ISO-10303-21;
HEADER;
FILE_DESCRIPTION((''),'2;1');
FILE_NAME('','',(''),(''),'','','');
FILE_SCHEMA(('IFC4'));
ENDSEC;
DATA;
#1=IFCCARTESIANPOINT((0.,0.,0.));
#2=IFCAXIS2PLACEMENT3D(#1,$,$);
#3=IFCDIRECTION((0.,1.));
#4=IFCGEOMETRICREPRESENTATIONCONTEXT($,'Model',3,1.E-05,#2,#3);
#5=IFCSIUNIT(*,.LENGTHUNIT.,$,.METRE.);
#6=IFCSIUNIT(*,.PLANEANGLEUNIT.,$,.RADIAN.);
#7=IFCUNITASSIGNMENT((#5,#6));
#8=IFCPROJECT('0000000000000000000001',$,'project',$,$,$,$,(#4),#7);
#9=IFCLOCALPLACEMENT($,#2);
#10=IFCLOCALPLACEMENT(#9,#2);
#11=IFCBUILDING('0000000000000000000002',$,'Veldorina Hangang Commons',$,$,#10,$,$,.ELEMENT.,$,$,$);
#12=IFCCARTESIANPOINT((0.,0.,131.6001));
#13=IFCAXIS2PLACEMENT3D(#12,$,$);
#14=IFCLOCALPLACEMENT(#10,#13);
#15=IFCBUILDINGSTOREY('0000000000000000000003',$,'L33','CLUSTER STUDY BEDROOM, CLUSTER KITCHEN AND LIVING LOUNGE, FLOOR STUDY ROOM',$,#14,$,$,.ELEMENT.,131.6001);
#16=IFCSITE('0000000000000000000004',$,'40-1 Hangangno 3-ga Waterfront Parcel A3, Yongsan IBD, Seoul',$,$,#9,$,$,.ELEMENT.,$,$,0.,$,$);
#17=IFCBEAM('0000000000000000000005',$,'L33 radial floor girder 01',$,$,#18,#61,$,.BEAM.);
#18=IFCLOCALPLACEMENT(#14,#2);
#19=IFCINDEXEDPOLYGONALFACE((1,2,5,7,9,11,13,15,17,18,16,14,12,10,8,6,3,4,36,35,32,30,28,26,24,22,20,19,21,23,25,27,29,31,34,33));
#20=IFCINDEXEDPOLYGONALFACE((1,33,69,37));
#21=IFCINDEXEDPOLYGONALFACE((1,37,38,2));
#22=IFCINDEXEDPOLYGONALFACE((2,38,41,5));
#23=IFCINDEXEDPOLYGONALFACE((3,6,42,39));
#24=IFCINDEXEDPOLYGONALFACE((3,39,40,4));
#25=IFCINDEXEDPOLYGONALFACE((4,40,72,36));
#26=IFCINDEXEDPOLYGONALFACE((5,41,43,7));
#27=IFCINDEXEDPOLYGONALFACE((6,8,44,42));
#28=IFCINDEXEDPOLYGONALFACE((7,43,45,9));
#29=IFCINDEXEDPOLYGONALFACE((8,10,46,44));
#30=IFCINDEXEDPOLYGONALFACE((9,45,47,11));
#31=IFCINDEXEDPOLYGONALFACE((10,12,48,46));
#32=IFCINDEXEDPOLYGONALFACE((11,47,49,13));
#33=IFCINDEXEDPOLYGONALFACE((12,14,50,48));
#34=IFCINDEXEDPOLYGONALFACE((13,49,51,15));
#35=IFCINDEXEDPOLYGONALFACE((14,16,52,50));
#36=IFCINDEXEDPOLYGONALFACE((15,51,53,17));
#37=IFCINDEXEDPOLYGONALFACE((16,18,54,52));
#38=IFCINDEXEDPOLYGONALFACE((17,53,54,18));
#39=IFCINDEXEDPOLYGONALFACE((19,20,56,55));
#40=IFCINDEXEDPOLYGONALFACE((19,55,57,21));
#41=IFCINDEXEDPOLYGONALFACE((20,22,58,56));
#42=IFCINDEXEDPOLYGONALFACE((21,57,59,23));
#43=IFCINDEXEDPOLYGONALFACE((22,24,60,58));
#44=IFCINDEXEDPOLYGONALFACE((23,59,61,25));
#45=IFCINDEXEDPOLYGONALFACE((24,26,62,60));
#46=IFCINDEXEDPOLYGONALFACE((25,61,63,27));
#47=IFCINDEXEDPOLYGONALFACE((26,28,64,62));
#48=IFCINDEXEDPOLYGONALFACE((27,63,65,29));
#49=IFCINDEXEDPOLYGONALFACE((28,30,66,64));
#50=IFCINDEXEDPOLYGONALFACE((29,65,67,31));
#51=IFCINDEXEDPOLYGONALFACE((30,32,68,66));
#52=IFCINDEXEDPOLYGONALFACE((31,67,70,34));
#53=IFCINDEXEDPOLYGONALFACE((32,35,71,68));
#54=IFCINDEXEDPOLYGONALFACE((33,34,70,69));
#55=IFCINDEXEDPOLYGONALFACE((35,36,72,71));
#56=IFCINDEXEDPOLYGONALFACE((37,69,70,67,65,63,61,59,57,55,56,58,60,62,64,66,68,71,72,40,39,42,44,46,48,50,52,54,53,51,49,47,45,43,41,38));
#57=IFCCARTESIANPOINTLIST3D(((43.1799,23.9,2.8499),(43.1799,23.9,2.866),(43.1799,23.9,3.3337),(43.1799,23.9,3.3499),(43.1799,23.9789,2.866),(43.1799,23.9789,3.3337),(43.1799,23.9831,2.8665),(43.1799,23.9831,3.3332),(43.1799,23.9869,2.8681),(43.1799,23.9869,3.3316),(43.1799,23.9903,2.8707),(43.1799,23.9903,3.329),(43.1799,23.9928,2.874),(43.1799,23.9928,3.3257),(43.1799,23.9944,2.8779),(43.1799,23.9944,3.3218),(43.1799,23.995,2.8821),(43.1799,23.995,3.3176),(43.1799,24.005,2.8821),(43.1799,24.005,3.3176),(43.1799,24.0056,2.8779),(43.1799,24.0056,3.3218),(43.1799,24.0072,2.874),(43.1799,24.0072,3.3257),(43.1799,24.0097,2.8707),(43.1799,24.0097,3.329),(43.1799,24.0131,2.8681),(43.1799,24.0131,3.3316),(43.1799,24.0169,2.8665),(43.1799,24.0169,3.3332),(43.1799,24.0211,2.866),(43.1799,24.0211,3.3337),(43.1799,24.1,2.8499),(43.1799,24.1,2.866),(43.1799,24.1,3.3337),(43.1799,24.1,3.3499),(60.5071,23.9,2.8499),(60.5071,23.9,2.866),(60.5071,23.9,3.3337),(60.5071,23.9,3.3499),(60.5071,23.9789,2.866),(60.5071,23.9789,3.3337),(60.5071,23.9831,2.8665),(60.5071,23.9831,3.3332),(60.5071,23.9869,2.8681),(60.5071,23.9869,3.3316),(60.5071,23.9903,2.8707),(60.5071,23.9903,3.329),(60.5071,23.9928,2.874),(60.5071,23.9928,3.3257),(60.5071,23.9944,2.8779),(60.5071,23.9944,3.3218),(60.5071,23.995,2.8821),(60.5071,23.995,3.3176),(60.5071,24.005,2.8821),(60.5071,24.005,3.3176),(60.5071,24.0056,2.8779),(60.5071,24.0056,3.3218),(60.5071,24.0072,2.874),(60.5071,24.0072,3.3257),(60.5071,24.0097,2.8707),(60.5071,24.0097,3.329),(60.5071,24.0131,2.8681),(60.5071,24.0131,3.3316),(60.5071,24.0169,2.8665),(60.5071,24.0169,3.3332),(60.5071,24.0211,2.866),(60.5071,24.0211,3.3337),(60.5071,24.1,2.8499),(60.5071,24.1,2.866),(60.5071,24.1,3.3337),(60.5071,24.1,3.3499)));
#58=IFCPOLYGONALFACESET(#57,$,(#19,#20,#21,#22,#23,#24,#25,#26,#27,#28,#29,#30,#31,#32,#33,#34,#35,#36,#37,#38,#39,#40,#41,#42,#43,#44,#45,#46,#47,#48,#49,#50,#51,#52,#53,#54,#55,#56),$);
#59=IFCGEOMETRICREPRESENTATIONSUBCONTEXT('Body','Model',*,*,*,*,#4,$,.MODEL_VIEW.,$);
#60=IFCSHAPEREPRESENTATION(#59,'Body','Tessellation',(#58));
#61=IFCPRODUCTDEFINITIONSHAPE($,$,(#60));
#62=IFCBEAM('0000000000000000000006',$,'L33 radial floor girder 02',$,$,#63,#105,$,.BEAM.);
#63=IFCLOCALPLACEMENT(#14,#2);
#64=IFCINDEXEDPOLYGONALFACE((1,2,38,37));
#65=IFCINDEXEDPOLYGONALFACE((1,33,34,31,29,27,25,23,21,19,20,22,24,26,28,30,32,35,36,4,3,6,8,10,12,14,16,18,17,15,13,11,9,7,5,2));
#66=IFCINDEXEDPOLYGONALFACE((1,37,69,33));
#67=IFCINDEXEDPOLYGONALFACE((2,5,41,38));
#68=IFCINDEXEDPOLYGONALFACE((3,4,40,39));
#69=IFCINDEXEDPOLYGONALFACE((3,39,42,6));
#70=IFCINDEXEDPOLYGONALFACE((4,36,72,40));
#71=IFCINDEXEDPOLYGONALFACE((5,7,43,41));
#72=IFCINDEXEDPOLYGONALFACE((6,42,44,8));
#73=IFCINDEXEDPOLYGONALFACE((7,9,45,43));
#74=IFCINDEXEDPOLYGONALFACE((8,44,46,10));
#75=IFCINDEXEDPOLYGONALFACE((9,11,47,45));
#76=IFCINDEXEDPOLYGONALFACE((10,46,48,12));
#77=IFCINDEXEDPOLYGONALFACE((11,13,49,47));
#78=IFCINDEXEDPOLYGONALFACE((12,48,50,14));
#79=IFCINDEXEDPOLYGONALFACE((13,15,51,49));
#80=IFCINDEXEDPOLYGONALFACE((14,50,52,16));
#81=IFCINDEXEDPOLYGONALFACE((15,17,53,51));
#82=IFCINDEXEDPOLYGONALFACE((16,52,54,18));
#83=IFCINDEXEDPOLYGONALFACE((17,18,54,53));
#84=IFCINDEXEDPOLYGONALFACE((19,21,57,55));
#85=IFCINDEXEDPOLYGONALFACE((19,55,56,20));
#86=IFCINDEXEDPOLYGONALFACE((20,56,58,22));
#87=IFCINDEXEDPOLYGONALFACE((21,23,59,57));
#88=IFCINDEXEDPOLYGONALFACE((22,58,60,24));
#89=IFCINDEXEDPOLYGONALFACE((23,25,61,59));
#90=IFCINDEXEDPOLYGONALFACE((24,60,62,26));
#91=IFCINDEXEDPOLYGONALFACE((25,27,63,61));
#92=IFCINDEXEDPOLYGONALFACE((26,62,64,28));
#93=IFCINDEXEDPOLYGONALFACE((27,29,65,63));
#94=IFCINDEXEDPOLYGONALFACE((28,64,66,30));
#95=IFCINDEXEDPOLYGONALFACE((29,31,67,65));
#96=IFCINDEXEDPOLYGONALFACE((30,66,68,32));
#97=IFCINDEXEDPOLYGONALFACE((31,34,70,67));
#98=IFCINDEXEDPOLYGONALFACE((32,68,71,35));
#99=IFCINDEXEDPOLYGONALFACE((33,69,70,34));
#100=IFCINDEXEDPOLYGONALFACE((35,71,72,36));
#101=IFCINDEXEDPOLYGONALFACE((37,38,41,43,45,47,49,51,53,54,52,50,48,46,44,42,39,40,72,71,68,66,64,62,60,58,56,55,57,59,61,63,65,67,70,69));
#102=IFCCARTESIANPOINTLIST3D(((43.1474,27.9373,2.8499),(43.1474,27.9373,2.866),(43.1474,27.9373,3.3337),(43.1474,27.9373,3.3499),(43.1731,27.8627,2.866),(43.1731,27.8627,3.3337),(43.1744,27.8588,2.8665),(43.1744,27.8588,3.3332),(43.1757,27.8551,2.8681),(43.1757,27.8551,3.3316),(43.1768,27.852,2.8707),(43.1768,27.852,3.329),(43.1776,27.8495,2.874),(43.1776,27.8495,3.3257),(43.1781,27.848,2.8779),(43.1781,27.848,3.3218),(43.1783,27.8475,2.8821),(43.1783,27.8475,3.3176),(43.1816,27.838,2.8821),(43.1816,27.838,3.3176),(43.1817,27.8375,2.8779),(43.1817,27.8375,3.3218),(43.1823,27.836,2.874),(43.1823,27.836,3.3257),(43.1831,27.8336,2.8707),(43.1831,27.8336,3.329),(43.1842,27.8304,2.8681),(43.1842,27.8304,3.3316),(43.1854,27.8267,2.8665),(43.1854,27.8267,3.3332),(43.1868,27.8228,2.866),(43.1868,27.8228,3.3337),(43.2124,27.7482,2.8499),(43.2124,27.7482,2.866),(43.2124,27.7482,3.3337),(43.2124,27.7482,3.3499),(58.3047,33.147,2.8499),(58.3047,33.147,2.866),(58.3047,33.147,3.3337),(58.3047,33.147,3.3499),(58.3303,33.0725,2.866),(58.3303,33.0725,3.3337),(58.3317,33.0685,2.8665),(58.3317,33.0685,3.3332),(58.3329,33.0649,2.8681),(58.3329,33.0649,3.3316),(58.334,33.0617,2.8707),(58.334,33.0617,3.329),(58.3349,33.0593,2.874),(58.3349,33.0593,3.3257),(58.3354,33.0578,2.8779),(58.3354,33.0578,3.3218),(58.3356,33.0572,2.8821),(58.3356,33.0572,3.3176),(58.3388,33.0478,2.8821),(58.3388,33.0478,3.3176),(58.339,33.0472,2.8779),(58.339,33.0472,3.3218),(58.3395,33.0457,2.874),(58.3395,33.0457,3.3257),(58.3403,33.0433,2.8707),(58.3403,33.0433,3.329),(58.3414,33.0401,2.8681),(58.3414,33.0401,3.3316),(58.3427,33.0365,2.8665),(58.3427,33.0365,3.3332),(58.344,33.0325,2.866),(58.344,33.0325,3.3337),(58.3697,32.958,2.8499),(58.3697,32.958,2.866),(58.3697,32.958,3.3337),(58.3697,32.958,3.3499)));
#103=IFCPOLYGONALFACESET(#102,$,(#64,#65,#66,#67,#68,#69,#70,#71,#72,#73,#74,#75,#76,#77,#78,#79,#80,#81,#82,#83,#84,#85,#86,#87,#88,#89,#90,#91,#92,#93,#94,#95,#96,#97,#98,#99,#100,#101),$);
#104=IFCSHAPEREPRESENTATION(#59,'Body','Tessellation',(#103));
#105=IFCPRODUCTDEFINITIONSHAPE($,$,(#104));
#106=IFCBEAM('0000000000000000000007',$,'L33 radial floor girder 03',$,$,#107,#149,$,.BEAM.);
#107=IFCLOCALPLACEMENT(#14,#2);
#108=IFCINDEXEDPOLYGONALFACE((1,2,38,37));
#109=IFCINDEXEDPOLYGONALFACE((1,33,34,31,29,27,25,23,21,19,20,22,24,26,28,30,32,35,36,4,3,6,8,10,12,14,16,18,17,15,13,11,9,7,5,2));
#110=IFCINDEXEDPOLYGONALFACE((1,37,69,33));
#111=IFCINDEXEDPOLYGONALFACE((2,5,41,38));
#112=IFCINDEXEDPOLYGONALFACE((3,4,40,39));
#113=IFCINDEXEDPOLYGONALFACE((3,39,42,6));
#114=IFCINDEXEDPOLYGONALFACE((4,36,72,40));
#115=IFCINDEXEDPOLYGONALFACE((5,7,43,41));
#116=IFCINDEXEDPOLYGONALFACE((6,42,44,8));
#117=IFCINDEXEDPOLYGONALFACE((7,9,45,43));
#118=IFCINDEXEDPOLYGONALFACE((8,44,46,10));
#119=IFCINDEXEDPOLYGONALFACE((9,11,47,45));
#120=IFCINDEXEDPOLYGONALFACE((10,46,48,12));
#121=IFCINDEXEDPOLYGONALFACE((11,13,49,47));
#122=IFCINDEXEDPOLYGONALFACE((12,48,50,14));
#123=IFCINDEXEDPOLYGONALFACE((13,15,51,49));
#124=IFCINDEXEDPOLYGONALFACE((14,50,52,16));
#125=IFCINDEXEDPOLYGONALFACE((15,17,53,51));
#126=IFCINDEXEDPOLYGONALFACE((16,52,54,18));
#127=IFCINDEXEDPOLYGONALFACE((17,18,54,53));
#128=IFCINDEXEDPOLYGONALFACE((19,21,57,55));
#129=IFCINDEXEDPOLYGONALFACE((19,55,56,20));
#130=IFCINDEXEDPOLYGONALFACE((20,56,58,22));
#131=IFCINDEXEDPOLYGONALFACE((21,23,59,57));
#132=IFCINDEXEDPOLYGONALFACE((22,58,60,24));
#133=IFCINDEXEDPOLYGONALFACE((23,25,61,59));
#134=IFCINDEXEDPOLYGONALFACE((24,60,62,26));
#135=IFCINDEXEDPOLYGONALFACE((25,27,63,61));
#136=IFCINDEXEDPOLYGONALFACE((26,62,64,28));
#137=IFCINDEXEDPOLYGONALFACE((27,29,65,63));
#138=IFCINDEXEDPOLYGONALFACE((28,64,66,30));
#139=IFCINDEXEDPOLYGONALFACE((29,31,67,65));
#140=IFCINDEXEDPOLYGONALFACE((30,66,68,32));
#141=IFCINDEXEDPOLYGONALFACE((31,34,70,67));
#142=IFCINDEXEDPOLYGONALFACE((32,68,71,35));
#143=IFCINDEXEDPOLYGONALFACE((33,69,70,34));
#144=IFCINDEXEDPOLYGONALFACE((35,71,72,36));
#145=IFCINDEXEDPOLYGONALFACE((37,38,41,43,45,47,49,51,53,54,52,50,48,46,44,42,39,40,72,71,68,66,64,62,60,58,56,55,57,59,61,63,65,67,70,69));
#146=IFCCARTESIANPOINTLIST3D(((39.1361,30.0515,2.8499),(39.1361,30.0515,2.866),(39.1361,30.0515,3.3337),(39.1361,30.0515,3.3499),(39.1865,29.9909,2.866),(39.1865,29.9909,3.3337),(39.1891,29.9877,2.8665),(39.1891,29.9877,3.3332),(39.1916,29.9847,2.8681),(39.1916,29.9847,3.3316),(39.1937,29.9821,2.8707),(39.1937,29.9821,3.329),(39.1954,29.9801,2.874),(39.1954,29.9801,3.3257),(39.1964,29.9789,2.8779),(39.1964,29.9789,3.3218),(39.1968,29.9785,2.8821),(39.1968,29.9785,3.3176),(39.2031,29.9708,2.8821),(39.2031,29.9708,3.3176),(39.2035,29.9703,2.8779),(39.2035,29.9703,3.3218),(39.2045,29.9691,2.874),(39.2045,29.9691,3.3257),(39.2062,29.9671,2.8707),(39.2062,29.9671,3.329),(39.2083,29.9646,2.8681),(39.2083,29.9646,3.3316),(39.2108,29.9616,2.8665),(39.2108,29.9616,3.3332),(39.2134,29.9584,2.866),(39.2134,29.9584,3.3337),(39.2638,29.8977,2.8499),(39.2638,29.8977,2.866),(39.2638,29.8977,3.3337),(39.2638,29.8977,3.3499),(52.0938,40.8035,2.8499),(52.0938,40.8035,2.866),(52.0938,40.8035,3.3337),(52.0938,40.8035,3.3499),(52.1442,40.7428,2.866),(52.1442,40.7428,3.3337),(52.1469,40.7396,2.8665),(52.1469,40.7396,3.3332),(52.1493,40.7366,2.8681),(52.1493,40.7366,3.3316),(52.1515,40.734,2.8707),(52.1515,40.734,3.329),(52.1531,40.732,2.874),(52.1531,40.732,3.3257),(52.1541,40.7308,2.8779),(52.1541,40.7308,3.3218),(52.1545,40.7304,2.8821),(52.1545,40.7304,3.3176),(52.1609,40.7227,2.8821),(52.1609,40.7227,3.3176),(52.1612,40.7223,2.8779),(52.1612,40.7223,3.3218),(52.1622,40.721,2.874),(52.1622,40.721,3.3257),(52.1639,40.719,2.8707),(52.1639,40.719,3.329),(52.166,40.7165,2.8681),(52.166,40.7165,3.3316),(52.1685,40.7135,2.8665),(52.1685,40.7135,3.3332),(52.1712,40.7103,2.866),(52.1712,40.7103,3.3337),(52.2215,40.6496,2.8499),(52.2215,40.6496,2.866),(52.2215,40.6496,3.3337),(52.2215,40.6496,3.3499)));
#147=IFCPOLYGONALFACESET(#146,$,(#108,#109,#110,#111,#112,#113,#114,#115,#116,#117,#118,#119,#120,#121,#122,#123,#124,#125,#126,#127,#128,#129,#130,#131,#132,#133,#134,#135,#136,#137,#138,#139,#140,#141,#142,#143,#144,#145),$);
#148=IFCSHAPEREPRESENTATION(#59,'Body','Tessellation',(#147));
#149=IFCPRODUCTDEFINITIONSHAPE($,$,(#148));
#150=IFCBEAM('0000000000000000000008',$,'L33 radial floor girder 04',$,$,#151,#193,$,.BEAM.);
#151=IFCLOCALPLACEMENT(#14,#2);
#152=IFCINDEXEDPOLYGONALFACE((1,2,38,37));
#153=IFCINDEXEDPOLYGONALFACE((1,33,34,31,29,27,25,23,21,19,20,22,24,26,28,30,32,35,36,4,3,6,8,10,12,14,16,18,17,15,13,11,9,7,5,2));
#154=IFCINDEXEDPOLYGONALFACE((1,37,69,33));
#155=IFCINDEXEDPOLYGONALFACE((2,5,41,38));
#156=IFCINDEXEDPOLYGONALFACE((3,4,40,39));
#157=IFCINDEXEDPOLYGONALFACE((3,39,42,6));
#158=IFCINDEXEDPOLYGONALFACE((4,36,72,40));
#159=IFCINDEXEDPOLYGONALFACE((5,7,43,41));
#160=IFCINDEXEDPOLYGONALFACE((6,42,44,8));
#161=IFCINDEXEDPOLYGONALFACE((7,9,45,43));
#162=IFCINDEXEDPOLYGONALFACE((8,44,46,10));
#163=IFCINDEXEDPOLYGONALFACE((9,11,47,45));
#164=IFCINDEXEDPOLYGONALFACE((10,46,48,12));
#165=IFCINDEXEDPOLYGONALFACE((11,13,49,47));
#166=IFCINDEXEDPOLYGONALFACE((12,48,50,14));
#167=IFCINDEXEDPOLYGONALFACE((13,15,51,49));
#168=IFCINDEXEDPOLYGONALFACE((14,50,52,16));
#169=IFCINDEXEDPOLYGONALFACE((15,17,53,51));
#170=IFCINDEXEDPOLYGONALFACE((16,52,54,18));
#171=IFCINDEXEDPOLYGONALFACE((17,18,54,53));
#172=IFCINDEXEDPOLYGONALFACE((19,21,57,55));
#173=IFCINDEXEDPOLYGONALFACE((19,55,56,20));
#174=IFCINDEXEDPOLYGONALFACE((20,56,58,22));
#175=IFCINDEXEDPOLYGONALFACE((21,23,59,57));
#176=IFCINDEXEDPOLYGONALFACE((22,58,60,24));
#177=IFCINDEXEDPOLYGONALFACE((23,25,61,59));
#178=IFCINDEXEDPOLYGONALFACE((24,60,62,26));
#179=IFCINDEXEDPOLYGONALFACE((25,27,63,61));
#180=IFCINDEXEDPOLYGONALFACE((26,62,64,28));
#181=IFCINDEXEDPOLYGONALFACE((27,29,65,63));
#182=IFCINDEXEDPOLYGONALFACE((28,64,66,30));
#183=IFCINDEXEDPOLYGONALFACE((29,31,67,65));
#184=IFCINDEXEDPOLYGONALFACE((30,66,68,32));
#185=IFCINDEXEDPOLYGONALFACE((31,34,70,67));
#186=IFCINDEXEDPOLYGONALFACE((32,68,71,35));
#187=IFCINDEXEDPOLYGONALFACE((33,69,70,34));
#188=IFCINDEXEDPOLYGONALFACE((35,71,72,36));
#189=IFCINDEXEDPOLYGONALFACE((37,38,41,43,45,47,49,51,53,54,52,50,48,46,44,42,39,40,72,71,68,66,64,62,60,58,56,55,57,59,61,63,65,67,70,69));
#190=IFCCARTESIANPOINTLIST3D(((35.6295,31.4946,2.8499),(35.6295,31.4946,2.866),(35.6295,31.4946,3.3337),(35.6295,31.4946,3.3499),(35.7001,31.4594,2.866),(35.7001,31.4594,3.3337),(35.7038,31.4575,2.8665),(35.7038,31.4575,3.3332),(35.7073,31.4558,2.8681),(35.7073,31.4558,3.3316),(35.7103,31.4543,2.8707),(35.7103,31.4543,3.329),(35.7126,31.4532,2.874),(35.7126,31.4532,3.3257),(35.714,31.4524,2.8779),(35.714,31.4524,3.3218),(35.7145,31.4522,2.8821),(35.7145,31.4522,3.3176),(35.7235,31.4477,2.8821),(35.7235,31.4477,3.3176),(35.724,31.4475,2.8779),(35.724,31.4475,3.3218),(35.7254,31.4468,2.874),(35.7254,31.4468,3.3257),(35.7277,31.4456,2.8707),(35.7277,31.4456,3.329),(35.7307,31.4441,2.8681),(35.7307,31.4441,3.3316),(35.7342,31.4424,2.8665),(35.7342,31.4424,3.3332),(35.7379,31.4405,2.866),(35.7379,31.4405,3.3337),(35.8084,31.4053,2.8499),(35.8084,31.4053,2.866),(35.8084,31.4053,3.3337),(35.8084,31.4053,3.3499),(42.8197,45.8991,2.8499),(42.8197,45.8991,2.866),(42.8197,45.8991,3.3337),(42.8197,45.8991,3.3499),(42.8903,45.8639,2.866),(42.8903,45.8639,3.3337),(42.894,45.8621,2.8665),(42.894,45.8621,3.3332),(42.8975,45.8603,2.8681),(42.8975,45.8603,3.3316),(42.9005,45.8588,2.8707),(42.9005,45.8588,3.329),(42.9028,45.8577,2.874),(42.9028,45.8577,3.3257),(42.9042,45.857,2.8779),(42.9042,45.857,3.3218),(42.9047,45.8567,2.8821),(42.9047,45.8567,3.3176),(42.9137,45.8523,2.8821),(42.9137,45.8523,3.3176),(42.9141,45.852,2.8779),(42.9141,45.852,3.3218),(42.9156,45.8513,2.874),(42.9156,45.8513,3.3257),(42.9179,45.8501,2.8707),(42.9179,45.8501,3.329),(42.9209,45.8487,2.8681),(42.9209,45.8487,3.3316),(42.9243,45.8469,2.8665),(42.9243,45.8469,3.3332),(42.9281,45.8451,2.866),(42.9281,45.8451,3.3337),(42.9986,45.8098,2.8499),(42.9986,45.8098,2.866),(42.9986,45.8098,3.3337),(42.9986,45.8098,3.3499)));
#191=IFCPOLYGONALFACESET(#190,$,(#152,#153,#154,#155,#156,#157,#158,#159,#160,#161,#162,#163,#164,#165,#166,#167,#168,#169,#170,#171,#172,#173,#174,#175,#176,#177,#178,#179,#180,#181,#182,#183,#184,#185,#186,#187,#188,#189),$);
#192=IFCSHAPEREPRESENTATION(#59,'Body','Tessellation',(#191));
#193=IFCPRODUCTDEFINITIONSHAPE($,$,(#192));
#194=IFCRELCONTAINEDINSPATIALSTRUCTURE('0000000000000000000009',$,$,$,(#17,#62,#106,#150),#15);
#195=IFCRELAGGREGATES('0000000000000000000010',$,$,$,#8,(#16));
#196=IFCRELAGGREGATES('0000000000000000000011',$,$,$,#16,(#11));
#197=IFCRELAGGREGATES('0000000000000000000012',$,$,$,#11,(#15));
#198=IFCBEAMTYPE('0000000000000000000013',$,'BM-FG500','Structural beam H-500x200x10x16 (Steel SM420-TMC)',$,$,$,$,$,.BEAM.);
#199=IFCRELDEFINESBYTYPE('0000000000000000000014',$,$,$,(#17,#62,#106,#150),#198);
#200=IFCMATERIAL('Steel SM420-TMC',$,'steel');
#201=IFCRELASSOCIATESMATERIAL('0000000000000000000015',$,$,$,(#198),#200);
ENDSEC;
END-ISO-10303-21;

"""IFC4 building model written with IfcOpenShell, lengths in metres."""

from ifc_helpers import new_model, si_unit, direction, frame, origin, origin_2d, place, context, subcontext, project, spatial, i_section, extrude, material, material_profile, profile_set, type_object, element, save


model = new_model("IFC4")

# Units and contexts
model_context = context("Model", 3, precision=1e-05, world=origin(), true_north=direction((0.0, 1.0)))
body_context = subcontext(model_context, "Body", "Model", "MODEL_VIEW")
ifc_project = project(units=[si_unit("LENGTHUNIT", "METRE"), si_unit("PLANEANGLEUNIT", "RADIAN")], contexts=[model_context])

# Site, building, storey
site_placement = place(None, origin())
site = spatial("IfcSite", under=ifc_project, at=site_placement, Name="40-1 Hangangno 3-ga Waterfront Parcel A3, Yongsan IBD, Seoul", CompositionType="ELEMENT", RefElevation=0.0)
building_placement = place(site_placement, origin())
building = spatial("IfcBuilding", under=site, at=building_placement, Name="Veldorina Hangang Commons", CompositionType="ELEMENT")
storey_placement = place(building_placement, frame((0.0, 0.0, 131.6001)))
storey = spatial("IfcBuildingStorey", under=building, at=storey_placement, Name="L33", Description="CLUSTER STUDY BEDROOM, CLUSTER KITCHEN AND LIVING LOUNGE, FLOOR STUDY ROOM", CompositionType="ELEMENT", Elevation=131.6001)

# Beams
ifc_material_1 = material(Name="Steel SM420-TMC", Category="steel")
ifc_material_profile = material_profile(ifc_material_1, i_section(OverallWidth=0.2, OverallDepth=0.5, WebThickness=0.01, FlangeThickness=0.0161, FilletRadius=0.0161, at=origin_2d()), Name="H-500x200x10x16")
ifc_profile_set = profile_set([ifc_material_profile], Name="Steel SM420-TMC")
beam_type = type_object("IfcBeamType", Name="BM-FG500", Description="Structural beam H-500x200x10x16 (Steel SM420-TMC)", PredefinedType="BEAM", material=ifc_profile_set)
beam_1_placement = place(storey_placement, frame((43.1799, 24.0, 3.0999), z_axis=(1.0, 0.0, 0.0), x_axis=(0.0, 1.0, 0.0)))
element("IfcBeam", 1, at=beam_1_placement, inside=storey, type_object=beam_type, Name="L33 radial floor girder 01", PredefinedType="BEAM", context=body_context, shape_type="SweptSolid", body=[
    extrude(i_section(OverallWidth=0.2, OverallDepth=0.5, WebThickness=0.01, FlangeThickness=0.0161, FilletRadius=0.0161, at=origin_2d()), origin(), (0.0, 0.0, 1.0), 17.3271),
])
beam_2_placement = place(storey_placement, frame((43.1799, 27.8428, 3.0999), z_axis=(0.945698, 0.325047, 0.0), x_axis=(-0.325047, 0.945698, 0.0)))
element("IfcBeam", 2, at=beam_2_placement, inside=storey, type_object=beam_type, Name="L33 radial floor girder 02", PredefinedType="BEAM", context=body_context, shape_type="SweptSolid", body=[
    extrude(i_section(OverallWidth=0.2, OverallDepth=0.5, WebThickness=0.01, FlangeThickness=0.0161, FilletRadius=0.0161, at=origin_2d()), origin(), (0.0, 0.0, 1.0), 16.0276),
])
beam_3_placement = place(storey_placement, frame((39.2, 29.9746, 3.0999), z_axis=(0.769569, 0.638564, 0.0), x_axis=(-0.638564, 0.769569, 0.0)))
element("IfcBeam", 3, at=beam_3_placement, inside=storey, type_object=beam_type, Name="L33 radial floor girder 03", PredefinedType="BEAM", context=body_context, shape_type="SweptSolid", body=[
    extrude(i_section(OverallWidth=0.2, OverallDepth=0.5, WebThickness=0.01, FlangeThickness=0.0161, FilletRadius=0.0161, at=origin_2d()), origin(), (0.0, 0.0, 1.0), 16.8376),
])
beam_4_placement = place(storey_placement, frame((35.719, 31.45, 3.0999), z_axis=(0.446613, 0.894727, 0.0), x_axis=(-0.894727, 0.446613, 0.0)))
element("IfcBeam", 4, at=beam_4_placement, inside=storey, type_object=beam_type, Name="L33 radial floor girder 04", PredefinedType="BEAM", context=body_context, shape_type="SweptSolid", body=[
    extrude(i_section(OverallWidth=0.2, OverallDepth=0.5, WebThickness=0.01, FlangeThickness=0.0161, FilletRadius=0.0161, at=origin_2d()), origin(), (0.0, 0.0, 1.0), 16.0994),
])

save(model, "model.ifc")
